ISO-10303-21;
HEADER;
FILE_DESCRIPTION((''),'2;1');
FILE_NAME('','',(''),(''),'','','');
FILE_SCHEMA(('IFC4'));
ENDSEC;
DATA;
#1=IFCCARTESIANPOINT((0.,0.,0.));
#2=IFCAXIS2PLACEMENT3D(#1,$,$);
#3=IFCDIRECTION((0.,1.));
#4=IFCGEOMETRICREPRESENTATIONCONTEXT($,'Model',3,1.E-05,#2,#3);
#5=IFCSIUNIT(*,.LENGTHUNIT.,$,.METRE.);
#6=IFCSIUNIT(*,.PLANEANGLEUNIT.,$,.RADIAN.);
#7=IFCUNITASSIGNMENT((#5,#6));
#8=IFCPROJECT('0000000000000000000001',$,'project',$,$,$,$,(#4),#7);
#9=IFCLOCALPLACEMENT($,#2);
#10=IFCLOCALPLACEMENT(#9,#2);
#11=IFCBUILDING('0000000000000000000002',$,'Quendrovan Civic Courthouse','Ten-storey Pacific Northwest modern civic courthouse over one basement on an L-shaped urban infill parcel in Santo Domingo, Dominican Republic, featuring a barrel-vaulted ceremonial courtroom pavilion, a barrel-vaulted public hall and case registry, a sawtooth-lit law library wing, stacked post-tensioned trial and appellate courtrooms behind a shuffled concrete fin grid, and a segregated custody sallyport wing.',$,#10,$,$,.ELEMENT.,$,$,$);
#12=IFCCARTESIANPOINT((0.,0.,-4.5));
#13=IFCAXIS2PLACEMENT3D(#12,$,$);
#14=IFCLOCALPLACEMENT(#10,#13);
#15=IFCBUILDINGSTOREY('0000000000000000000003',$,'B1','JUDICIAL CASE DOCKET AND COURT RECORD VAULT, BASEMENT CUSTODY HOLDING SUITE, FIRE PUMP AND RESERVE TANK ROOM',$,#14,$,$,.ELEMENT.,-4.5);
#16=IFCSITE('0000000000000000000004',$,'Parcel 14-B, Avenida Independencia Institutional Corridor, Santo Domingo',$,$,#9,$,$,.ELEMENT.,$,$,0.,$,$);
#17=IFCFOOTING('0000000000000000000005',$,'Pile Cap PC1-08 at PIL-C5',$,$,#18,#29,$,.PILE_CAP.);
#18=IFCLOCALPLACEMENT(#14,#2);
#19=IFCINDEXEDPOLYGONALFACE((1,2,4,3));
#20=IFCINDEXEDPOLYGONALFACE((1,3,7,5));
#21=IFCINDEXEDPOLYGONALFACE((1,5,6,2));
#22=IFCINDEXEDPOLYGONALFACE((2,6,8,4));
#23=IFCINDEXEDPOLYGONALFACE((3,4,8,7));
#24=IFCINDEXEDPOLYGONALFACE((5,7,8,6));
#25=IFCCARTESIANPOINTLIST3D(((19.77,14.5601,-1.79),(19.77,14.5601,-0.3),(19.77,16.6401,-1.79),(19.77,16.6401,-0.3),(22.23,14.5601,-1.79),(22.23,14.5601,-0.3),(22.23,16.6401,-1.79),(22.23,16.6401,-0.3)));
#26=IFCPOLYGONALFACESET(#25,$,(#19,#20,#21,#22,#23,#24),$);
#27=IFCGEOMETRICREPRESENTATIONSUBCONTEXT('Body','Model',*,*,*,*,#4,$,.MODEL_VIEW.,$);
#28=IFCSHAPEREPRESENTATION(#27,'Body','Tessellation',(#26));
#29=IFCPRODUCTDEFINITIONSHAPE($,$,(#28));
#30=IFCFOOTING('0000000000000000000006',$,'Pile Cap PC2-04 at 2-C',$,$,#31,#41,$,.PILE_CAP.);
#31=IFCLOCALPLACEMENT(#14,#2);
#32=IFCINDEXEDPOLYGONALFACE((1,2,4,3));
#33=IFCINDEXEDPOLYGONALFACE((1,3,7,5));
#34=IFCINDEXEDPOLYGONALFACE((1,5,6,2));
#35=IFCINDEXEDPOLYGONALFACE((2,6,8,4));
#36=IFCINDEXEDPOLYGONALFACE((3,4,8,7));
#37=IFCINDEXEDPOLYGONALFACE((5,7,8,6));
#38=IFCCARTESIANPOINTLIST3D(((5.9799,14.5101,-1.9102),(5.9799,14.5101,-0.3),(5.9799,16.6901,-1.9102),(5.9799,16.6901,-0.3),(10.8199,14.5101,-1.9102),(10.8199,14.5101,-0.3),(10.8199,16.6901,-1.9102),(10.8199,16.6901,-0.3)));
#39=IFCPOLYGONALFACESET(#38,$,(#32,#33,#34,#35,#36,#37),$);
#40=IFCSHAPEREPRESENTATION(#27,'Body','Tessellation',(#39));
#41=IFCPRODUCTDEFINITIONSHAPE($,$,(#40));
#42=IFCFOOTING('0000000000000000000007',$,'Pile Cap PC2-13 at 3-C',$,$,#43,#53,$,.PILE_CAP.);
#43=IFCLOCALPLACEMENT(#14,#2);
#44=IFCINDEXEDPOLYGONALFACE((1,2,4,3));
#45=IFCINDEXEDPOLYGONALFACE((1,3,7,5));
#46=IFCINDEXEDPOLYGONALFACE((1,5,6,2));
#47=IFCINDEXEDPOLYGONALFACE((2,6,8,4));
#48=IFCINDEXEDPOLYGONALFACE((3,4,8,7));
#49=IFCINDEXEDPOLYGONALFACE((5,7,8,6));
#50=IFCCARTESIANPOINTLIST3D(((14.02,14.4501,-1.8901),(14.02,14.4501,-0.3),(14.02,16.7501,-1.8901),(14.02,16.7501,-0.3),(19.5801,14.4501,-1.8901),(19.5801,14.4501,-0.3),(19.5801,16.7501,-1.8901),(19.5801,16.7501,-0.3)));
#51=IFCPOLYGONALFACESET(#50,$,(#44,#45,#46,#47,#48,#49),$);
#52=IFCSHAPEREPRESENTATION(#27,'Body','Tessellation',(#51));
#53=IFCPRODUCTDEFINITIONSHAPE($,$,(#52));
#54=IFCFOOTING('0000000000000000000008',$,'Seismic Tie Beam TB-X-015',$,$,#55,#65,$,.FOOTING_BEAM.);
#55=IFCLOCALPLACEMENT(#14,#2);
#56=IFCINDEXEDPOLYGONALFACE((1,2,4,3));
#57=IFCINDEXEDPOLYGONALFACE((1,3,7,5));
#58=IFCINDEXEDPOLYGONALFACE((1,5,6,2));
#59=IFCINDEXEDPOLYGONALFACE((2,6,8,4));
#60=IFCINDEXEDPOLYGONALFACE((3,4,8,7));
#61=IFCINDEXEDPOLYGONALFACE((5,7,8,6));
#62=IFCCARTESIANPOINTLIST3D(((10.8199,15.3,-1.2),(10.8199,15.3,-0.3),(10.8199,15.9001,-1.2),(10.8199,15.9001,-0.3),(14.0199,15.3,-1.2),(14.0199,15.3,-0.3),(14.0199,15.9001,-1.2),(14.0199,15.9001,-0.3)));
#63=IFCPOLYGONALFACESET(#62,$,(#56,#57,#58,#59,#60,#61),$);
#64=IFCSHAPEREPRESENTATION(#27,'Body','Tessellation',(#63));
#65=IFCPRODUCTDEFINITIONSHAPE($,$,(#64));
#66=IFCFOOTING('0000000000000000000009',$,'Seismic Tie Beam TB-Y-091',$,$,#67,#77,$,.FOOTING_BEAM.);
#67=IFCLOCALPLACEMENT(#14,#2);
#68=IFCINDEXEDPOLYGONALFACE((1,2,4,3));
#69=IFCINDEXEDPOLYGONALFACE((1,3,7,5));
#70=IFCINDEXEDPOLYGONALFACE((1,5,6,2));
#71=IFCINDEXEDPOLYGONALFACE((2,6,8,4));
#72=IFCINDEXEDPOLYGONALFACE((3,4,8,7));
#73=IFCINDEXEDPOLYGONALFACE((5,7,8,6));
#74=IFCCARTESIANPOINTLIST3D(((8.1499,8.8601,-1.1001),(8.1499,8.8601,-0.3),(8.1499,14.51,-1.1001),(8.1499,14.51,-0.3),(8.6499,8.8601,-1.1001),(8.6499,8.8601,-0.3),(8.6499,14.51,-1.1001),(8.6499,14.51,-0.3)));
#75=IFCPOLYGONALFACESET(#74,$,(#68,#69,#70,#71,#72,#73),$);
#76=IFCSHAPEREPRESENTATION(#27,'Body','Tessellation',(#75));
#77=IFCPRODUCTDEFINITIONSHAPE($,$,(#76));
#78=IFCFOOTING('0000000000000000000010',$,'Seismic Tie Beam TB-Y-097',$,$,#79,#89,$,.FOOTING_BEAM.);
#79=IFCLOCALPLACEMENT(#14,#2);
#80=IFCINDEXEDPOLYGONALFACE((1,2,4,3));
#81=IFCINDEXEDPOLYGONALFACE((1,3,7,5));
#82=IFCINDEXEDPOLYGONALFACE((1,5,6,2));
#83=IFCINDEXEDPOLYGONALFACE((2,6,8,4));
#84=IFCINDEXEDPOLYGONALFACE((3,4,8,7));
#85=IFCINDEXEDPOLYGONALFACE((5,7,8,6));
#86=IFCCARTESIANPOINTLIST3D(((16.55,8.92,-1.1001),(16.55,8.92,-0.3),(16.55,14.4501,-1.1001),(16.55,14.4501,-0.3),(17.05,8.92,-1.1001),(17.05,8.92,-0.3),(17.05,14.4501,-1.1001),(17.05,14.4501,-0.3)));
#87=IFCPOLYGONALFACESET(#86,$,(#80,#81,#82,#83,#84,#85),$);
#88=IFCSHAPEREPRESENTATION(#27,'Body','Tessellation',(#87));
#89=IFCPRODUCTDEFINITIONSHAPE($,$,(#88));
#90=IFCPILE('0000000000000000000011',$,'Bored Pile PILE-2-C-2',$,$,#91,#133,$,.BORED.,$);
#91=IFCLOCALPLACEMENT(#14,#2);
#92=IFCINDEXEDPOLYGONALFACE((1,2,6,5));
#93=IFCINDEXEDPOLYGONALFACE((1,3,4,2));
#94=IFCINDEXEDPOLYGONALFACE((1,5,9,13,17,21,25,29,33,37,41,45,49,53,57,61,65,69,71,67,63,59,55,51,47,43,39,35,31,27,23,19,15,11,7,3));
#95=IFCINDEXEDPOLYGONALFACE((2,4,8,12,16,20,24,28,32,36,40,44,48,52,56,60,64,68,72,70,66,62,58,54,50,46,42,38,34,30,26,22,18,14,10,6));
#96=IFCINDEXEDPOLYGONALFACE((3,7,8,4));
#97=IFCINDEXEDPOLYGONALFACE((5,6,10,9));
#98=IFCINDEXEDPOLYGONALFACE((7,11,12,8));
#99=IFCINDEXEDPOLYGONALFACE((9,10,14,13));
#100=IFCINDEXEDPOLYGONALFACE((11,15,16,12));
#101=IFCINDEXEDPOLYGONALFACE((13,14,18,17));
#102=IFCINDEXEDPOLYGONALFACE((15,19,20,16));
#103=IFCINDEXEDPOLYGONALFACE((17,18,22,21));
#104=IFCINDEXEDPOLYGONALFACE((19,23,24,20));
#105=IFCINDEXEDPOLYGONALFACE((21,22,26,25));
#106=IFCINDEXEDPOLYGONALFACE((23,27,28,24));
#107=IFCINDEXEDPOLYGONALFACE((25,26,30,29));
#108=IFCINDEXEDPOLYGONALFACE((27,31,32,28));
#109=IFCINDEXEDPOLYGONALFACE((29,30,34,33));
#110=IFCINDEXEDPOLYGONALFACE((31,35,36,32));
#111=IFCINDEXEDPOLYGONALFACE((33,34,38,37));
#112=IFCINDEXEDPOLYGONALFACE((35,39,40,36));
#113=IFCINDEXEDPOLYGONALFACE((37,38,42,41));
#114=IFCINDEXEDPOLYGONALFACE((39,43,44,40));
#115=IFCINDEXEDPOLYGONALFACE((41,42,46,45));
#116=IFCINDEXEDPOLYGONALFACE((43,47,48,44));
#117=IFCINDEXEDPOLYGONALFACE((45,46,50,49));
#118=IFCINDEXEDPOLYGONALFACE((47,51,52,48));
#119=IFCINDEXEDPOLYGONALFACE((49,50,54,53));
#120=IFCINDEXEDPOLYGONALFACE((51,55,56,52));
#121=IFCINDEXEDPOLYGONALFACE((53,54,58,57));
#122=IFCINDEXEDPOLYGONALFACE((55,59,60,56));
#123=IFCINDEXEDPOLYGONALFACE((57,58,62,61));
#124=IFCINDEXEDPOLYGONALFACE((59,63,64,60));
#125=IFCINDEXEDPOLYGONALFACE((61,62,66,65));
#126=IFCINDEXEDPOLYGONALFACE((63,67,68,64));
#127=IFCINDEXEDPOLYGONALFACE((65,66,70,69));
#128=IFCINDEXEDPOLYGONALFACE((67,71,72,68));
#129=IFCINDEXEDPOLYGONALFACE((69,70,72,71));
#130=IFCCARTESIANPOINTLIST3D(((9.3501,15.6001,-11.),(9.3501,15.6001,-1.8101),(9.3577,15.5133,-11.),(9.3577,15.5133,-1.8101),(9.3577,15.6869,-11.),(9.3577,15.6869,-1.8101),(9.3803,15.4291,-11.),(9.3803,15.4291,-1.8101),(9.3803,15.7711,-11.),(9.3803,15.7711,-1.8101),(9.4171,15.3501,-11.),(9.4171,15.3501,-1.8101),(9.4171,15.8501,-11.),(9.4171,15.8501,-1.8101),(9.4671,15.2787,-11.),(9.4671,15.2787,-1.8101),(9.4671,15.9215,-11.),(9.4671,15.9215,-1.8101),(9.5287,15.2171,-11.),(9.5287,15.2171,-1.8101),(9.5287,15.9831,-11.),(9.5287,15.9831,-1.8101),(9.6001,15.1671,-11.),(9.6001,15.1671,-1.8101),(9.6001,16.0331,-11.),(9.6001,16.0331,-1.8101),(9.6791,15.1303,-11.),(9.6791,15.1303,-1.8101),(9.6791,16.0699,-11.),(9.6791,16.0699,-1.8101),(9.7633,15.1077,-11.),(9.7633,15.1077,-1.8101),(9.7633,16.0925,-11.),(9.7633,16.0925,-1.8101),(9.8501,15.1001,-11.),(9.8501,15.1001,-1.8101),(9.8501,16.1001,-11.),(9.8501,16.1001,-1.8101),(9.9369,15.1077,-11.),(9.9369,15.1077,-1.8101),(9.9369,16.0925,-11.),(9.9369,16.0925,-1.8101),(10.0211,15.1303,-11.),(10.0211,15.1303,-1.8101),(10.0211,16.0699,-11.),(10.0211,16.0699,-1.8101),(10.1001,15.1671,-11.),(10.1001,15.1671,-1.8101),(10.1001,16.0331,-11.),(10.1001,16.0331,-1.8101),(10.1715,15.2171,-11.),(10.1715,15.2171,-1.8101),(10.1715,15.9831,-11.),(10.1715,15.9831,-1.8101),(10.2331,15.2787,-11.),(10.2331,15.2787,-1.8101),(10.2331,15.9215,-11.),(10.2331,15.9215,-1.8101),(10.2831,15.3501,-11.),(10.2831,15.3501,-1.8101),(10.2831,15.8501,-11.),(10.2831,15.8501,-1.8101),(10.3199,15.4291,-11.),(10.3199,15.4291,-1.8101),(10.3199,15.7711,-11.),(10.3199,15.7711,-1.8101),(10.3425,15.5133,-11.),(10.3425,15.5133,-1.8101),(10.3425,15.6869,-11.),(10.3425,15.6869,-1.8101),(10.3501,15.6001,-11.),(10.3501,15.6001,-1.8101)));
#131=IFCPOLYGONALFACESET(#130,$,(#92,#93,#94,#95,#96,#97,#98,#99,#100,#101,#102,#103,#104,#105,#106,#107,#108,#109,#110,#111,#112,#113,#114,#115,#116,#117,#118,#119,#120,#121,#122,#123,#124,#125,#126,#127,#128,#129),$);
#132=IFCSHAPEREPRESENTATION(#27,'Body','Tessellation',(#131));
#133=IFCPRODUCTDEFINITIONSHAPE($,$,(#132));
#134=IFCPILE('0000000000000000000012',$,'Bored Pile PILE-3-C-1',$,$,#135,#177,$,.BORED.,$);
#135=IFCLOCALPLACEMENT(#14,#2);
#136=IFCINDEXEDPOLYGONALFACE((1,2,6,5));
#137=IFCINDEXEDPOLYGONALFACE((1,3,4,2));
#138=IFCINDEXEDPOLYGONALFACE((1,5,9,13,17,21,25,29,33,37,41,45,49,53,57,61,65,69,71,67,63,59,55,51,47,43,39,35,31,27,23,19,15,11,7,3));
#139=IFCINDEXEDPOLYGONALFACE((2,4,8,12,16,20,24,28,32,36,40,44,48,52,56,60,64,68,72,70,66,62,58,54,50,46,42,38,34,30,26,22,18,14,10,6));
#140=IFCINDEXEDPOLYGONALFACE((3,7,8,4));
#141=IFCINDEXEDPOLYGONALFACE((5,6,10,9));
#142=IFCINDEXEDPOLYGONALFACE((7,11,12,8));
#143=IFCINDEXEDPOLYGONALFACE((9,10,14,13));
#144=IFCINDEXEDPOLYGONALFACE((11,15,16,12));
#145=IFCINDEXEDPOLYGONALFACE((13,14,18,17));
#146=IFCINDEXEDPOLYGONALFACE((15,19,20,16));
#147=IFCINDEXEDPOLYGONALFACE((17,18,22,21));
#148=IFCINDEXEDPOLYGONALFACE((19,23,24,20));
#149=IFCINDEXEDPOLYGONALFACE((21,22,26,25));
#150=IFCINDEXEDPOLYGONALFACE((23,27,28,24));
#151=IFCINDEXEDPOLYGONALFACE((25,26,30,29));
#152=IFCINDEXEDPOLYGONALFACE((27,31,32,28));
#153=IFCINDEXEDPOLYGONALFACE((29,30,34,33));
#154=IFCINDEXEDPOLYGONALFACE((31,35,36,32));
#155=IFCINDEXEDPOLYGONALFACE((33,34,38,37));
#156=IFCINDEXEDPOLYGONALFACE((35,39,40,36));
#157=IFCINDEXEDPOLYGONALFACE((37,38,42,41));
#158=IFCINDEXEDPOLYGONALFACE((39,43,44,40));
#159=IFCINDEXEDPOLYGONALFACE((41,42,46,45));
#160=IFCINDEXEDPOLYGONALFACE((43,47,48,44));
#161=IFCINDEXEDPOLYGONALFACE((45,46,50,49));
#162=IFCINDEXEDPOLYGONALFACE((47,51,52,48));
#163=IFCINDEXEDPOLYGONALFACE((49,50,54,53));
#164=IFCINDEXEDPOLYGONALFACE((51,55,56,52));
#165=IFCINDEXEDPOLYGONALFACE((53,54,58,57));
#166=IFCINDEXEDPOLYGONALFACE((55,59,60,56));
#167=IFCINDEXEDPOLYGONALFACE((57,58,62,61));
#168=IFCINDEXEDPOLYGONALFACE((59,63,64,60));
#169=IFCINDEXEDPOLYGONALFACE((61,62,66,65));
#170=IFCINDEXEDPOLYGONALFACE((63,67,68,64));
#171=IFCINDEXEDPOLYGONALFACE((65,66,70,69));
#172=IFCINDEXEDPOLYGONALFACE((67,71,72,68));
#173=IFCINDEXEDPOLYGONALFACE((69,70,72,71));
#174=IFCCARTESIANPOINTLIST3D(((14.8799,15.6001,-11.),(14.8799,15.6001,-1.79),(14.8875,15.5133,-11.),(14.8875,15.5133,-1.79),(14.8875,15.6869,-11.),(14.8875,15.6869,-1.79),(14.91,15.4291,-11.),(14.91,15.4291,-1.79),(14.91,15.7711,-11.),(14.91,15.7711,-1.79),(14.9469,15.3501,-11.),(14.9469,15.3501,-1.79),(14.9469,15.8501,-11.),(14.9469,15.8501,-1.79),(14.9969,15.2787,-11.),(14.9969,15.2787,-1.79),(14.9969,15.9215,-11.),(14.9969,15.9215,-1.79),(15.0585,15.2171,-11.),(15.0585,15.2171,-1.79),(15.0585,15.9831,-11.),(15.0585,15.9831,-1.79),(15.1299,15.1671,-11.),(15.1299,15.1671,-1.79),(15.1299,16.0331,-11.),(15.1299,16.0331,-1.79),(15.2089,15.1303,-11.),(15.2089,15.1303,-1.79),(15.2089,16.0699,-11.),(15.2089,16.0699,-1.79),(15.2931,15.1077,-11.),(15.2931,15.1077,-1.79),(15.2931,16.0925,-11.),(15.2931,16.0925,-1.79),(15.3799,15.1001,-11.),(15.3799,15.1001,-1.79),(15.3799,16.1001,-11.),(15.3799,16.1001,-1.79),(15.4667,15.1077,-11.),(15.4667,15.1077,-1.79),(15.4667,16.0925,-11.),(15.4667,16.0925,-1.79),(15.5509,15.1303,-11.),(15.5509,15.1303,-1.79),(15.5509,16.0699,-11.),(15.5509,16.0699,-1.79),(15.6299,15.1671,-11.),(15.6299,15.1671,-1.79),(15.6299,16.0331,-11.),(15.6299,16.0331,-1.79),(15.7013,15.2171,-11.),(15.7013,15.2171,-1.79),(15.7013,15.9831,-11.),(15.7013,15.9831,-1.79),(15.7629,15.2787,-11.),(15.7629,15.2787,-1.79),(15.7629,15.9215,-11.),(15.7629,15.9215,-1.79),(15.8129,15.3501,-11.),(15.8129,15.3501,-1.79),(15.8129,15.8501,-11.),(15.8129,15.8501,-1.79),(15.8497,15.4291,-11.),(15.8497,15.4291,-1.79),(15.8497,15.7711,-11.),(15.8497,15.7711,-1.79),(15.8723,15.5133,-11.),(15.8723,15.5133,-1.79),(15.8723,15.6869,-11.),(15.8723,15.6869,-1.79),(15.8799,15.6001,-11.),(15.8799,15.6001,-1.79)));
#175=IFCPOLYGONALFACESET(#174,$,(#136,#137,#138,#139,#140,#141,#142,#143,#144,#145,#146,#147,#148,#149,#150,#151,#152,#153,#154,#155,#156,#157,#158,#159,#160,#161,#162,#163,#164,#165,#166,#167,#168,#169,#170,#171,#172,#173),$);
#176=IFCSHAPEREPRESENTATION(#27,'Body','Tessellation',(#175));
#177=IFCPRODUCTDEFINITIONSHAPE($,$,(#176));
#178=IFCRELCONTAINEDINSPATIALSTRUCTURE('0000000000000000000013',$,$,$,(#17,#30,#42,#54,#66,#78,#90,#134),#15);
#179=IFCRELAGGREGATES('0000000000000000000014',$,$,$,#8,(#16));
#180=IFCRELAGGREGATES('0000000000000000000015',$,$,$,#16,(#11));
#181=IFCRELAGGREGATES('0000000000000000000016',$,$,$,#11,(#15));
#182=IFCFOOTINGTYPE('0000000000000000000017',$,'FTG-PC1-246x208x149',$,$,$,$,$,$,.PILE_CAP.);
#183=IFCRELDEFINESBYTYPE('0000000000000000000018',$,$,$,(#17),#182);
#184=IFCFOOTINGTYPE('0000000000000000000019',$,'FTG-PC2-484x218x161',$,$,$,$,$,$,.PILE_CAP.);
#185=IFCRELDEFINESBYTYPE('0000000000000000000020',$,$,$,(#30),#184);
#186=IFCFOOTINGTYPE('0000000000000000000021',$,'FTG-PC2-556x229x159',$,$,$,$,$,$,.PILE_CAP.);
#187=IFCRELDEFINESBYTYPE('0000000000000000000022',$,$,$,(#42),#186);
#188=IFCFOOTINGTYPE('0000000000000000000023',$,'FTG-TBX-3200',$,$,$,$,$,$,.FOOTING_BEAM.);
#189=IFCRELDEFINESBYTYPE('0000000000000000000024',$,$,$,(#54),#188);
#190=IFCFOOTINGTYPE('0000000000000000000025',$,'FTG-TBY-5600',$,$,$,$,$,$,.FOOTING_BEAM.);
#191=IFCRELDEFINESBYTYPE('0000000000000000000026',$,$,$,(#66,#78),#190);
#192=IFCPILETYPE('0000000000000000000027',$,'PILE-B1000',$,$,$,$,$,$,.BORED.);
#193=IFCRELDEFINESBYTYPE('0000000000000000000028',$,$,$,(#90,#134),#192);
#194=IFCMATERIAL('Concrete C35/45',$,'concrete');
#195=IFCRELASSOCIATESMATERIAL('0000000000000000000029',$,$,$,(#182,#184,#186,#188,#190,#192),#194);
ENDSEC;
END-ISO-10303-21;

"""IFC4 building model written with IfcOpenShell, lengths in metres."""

from ifc_helpers import new_model, si_unit, direction, frame, origin, origin_2d, place, context, subcontext, project, spatial, rectangle, circle, extrude, material, material_profile, profile_set, type_object, element, save


model = new_model("IFC4")

# Units and contexts
model_context = context("Model", 3, precision=1e-05, world=origin(), true_north=direction((0.0, 1.0)))
body_context = subcontext(model_context, "Body", "Model", "MODEL_VIEW")
ifc_project = project(units=[si_unit("LENGTHUNIT", "METRE"), si_unit("PLANEANGLEUNIT", "RADIAN")], contexts=[model_context])

# Site, building, storey
site_placement = place(None, origin())
site = spatial("IfcSite", under=ifc_project, at=site_placement, Name="Parcel 14-B, Avenida Independencia Institutional Corridor, Santo Domingo", CompositionType="ELEMENT", RefElevation=0.0)
building_placement = place(site_placement, origin())
building = spatial("IfcBuilding", under=site, at=building_placement, Name="Quendrovan Civic Courthouse", Description="Ten-storey Pacific Northwest modern civic courthouse over one basement on an L-shaped urban infill parcel in Santo Domingo, Dominican Republic, featuring a barrel-vaulted ceremonial courtroom pavilion, a barrel-vaulted public hall and case registry, a sawtooth-lit law library wing, stacked post-tensioned trial and appellate courtrooms behind a shuffled concrete fin grid, and a segregated custody sallyport wing.", CompositionType="ELEMENT")
storey_placement = place(building_placement, frame((0.0, 0.0, -4.5)))
storey = spatial("IfcBuildingStorey", under=building, at=storey_placement, Name="B1", Description="JUDICIAL CASE DOCKET AND COURT RECORD VAULT, BASEMENT CUSTODY HOLDING SUITE, FIRE PUMP AND RESERVE TANK ROOM", CompositionType="ELEMENT", Elevation=-4.5)

# Footings
ifc_material_1 = material(Name="Concrete C35/45", Category="concrete")
footing_type_1 = type_object("IfcFootingType", Name="FTG-PC1-246x208x149", PredefinedType="PILE_CAP", material=ifc_material_1)
footing_1_placement = place(storey_placement, frame((21.0, 15.6001, -1.79), z_axis=(0.0, 0.0, 1.0), x_axis=(1.0, 0.0, 0.0)))
element("IfcFooting", 1, at=footing_1_placement, inside=storey, type_object=footing_type_1, Name="Pile Cap PC1-08 at PIL-C5", PredefinedType="PILE_CAP", context=body_context, shape_type="SweptSolid", body=[
    extrude(rectangle(XDim=2.46, YDim=2.0801, at=origin_2d()), origin(), (0.0, 0.0, 1.0), 1.49),
])
footing_type_2 = type_object("IfcFootingType", Name="FTG-PC2-484x218x161", PredefinedType="PILE_CAP", material=ifc_material_1)
footing_2_placement = place(storey_placement, frame((8.3999, 15.6001, -1.9102), z_axis=(0.0, 0.0, 1.0), x_axis=(1.0, 0.0, 0.0)))
element("IfcFooting", 2, at=footing_2_placement, inside=storey, type_object=footing_type_2, Name="Pile Cap PC2-04 at 2-C", PredefinedType="PILE_CAP", context=body_context, shape_type="SweptSolid", body=[
    extrude(rectangle(XDim=4.8401, YDim=2.1799, at=origin_2d()), origin(), (0.0, 0.0, 1.0), 1.6101),
])
footing_type_3 = type_object("IfcFootingType", Name="FTG-PC2-556x229x159", PredefinedType="PILE_CAP", material=ifc_material_1)
footing_3_placement = place(storey_placement, frame((16.8, 15.6001, -1.8901), z_axis=(0.0, 0.0, 1.0), x_axis=(1.0, 0.0, 0.0)))
element("IfcFooting", 3, at=footing_3_placement, inside=storey, type_object=footing_type_3, Name="Pile Cap PC2-13 at 3-C", PredefinedType="PILE_CAP", context=body_context, shape_type="SweptSolid", body=[
    extrude(rectangle(XDim=5.5601, YDim=2.3, at=origin_2d()), origin(), (0.0, 0.0, 1.0), 1.5901),
])
footing_type_4 = type_object("IfcFootingType", Name="FTG-TBX-3200", PredefinedType="FOOTING_BEAM", material=ifc_material_1)
footing_4_placement = place(storey_placement, frame((12.4199, 15.6001, -1.2), z_axis=(0.0, 0.0, 1.0), x_axis=(1.0, 0.0, 0.0)))
element("IfcFooting", 4, at=footing_4_placement, inside=storey, type_object=footing_type_4, Name="Seismic Tie Beam TB-X-015", PredefinedType="FOOTING_BEAM", context=body_context, shape_type="SweptSolid", body=[
    extrude(rectangle(XDim=3.2, YDim=0.6001, at=origin_2d()), origin(), (0.0, 0.0, 1.0), 0.8999),
])
footing_type_5 = type_object("IfcFootingType", Name="FTG-TBY-5600", PredefinedType="FOOTING_BEAM", material=ifc_material_1)
footing_5_placement = place(storey_placement, frame((8.3999, 11.6851, -1.1001), z_axis=(0.0, 0.0, 1.0), x_axis=(1.0, 0.0, 0.0)))
element("IfcFooting", 5, at=footing_5_placement, inside=storey, type_object=footing_type_5, Name="Seismic Tie Beam TB-Y-091", PredefinedType="FOOTING_BEAM", context=body_context, shape_type="SweptSolid", body=[
    extrude(rectangle(XDim=0.5, YDim=5.6499, at=origin_2d()), origin(), (0.0, 0.0, 1.0), 0.8),
])
footing_6_placement = place(storey_placement, frame((16.8, 11.6851, -1.1001), z_axis=(0.0, 0.0, 1.0), x_axis=(1.0, 0.0, 0.0)))
element("IfcFooting", 6, at=footing_6_placement, inside=storey, type_object=footing_type_5, Name="Seismic Tie Beam TB-Y-097", PredefinedType="FOOTING_BEAM", context=body_context, shape_type="SweptSolid", body=[
    extrude(rectangle(XDim=0.5, YDim=5.53, at=origin_2d()), origin(), (0.0, 0.0, 1.0), 0.8),
])

# Piles
ifc_material_profile_1 = material_profile(ifc_material_1, circle(Radius=0.5, at=origin_2d()), Name="PILE-D1000")
ifc_profile_set_1 = profile_set([ifc_material_profile_1], Name="Concrete C35/45")
pile_type = type_object("IfcPileType", Name="PILE-B1000", PredefinedType="BORED", material=ifc_profile_set_1)
pile_1_placement = place(storey_placement, frame((9.8501, 15.6001, -1.8101), z_axis=(0.0, 0.0, -1.0), x_axis=(1.0, 0.0, 0.0)))
element("IfcPile", 7, at=pile_1_placement, inside=storey, type_object=pile_type, Name="Bored Pile PILE-2-C-2", PredefinedType="BORED", context=body_context, shape_type="SweptSolid", body=[
    extrude(circle(Radius=0.5, at=origin_2d()), origin(), (0.0, 0.0, 1.0), 9.1899),
])
for number, where, z_axis, x_axis, name in (
    (8, (15.3799, 15.6001, -1.79), (0.0, 0.0, -1.0), (1.0, 0.0, 0.0), "Bored Pile PILE-3-C-1"),
):
    element("IfcPile", number, at=place(storey_placement, frame(where, z_axis=z_axis, x_axis=x_axis)), inside=storey, type_object=pile_type, Name=name, PredefinedType="BORED", context=body_context, shape_type="SweptSolid", body=[
        extrude(circle(Radius=0.5, at=origin_2d()), origin(), (0.0, 0.0, 1.0), 9.21),
    ])

save(model, "model.ifc")
